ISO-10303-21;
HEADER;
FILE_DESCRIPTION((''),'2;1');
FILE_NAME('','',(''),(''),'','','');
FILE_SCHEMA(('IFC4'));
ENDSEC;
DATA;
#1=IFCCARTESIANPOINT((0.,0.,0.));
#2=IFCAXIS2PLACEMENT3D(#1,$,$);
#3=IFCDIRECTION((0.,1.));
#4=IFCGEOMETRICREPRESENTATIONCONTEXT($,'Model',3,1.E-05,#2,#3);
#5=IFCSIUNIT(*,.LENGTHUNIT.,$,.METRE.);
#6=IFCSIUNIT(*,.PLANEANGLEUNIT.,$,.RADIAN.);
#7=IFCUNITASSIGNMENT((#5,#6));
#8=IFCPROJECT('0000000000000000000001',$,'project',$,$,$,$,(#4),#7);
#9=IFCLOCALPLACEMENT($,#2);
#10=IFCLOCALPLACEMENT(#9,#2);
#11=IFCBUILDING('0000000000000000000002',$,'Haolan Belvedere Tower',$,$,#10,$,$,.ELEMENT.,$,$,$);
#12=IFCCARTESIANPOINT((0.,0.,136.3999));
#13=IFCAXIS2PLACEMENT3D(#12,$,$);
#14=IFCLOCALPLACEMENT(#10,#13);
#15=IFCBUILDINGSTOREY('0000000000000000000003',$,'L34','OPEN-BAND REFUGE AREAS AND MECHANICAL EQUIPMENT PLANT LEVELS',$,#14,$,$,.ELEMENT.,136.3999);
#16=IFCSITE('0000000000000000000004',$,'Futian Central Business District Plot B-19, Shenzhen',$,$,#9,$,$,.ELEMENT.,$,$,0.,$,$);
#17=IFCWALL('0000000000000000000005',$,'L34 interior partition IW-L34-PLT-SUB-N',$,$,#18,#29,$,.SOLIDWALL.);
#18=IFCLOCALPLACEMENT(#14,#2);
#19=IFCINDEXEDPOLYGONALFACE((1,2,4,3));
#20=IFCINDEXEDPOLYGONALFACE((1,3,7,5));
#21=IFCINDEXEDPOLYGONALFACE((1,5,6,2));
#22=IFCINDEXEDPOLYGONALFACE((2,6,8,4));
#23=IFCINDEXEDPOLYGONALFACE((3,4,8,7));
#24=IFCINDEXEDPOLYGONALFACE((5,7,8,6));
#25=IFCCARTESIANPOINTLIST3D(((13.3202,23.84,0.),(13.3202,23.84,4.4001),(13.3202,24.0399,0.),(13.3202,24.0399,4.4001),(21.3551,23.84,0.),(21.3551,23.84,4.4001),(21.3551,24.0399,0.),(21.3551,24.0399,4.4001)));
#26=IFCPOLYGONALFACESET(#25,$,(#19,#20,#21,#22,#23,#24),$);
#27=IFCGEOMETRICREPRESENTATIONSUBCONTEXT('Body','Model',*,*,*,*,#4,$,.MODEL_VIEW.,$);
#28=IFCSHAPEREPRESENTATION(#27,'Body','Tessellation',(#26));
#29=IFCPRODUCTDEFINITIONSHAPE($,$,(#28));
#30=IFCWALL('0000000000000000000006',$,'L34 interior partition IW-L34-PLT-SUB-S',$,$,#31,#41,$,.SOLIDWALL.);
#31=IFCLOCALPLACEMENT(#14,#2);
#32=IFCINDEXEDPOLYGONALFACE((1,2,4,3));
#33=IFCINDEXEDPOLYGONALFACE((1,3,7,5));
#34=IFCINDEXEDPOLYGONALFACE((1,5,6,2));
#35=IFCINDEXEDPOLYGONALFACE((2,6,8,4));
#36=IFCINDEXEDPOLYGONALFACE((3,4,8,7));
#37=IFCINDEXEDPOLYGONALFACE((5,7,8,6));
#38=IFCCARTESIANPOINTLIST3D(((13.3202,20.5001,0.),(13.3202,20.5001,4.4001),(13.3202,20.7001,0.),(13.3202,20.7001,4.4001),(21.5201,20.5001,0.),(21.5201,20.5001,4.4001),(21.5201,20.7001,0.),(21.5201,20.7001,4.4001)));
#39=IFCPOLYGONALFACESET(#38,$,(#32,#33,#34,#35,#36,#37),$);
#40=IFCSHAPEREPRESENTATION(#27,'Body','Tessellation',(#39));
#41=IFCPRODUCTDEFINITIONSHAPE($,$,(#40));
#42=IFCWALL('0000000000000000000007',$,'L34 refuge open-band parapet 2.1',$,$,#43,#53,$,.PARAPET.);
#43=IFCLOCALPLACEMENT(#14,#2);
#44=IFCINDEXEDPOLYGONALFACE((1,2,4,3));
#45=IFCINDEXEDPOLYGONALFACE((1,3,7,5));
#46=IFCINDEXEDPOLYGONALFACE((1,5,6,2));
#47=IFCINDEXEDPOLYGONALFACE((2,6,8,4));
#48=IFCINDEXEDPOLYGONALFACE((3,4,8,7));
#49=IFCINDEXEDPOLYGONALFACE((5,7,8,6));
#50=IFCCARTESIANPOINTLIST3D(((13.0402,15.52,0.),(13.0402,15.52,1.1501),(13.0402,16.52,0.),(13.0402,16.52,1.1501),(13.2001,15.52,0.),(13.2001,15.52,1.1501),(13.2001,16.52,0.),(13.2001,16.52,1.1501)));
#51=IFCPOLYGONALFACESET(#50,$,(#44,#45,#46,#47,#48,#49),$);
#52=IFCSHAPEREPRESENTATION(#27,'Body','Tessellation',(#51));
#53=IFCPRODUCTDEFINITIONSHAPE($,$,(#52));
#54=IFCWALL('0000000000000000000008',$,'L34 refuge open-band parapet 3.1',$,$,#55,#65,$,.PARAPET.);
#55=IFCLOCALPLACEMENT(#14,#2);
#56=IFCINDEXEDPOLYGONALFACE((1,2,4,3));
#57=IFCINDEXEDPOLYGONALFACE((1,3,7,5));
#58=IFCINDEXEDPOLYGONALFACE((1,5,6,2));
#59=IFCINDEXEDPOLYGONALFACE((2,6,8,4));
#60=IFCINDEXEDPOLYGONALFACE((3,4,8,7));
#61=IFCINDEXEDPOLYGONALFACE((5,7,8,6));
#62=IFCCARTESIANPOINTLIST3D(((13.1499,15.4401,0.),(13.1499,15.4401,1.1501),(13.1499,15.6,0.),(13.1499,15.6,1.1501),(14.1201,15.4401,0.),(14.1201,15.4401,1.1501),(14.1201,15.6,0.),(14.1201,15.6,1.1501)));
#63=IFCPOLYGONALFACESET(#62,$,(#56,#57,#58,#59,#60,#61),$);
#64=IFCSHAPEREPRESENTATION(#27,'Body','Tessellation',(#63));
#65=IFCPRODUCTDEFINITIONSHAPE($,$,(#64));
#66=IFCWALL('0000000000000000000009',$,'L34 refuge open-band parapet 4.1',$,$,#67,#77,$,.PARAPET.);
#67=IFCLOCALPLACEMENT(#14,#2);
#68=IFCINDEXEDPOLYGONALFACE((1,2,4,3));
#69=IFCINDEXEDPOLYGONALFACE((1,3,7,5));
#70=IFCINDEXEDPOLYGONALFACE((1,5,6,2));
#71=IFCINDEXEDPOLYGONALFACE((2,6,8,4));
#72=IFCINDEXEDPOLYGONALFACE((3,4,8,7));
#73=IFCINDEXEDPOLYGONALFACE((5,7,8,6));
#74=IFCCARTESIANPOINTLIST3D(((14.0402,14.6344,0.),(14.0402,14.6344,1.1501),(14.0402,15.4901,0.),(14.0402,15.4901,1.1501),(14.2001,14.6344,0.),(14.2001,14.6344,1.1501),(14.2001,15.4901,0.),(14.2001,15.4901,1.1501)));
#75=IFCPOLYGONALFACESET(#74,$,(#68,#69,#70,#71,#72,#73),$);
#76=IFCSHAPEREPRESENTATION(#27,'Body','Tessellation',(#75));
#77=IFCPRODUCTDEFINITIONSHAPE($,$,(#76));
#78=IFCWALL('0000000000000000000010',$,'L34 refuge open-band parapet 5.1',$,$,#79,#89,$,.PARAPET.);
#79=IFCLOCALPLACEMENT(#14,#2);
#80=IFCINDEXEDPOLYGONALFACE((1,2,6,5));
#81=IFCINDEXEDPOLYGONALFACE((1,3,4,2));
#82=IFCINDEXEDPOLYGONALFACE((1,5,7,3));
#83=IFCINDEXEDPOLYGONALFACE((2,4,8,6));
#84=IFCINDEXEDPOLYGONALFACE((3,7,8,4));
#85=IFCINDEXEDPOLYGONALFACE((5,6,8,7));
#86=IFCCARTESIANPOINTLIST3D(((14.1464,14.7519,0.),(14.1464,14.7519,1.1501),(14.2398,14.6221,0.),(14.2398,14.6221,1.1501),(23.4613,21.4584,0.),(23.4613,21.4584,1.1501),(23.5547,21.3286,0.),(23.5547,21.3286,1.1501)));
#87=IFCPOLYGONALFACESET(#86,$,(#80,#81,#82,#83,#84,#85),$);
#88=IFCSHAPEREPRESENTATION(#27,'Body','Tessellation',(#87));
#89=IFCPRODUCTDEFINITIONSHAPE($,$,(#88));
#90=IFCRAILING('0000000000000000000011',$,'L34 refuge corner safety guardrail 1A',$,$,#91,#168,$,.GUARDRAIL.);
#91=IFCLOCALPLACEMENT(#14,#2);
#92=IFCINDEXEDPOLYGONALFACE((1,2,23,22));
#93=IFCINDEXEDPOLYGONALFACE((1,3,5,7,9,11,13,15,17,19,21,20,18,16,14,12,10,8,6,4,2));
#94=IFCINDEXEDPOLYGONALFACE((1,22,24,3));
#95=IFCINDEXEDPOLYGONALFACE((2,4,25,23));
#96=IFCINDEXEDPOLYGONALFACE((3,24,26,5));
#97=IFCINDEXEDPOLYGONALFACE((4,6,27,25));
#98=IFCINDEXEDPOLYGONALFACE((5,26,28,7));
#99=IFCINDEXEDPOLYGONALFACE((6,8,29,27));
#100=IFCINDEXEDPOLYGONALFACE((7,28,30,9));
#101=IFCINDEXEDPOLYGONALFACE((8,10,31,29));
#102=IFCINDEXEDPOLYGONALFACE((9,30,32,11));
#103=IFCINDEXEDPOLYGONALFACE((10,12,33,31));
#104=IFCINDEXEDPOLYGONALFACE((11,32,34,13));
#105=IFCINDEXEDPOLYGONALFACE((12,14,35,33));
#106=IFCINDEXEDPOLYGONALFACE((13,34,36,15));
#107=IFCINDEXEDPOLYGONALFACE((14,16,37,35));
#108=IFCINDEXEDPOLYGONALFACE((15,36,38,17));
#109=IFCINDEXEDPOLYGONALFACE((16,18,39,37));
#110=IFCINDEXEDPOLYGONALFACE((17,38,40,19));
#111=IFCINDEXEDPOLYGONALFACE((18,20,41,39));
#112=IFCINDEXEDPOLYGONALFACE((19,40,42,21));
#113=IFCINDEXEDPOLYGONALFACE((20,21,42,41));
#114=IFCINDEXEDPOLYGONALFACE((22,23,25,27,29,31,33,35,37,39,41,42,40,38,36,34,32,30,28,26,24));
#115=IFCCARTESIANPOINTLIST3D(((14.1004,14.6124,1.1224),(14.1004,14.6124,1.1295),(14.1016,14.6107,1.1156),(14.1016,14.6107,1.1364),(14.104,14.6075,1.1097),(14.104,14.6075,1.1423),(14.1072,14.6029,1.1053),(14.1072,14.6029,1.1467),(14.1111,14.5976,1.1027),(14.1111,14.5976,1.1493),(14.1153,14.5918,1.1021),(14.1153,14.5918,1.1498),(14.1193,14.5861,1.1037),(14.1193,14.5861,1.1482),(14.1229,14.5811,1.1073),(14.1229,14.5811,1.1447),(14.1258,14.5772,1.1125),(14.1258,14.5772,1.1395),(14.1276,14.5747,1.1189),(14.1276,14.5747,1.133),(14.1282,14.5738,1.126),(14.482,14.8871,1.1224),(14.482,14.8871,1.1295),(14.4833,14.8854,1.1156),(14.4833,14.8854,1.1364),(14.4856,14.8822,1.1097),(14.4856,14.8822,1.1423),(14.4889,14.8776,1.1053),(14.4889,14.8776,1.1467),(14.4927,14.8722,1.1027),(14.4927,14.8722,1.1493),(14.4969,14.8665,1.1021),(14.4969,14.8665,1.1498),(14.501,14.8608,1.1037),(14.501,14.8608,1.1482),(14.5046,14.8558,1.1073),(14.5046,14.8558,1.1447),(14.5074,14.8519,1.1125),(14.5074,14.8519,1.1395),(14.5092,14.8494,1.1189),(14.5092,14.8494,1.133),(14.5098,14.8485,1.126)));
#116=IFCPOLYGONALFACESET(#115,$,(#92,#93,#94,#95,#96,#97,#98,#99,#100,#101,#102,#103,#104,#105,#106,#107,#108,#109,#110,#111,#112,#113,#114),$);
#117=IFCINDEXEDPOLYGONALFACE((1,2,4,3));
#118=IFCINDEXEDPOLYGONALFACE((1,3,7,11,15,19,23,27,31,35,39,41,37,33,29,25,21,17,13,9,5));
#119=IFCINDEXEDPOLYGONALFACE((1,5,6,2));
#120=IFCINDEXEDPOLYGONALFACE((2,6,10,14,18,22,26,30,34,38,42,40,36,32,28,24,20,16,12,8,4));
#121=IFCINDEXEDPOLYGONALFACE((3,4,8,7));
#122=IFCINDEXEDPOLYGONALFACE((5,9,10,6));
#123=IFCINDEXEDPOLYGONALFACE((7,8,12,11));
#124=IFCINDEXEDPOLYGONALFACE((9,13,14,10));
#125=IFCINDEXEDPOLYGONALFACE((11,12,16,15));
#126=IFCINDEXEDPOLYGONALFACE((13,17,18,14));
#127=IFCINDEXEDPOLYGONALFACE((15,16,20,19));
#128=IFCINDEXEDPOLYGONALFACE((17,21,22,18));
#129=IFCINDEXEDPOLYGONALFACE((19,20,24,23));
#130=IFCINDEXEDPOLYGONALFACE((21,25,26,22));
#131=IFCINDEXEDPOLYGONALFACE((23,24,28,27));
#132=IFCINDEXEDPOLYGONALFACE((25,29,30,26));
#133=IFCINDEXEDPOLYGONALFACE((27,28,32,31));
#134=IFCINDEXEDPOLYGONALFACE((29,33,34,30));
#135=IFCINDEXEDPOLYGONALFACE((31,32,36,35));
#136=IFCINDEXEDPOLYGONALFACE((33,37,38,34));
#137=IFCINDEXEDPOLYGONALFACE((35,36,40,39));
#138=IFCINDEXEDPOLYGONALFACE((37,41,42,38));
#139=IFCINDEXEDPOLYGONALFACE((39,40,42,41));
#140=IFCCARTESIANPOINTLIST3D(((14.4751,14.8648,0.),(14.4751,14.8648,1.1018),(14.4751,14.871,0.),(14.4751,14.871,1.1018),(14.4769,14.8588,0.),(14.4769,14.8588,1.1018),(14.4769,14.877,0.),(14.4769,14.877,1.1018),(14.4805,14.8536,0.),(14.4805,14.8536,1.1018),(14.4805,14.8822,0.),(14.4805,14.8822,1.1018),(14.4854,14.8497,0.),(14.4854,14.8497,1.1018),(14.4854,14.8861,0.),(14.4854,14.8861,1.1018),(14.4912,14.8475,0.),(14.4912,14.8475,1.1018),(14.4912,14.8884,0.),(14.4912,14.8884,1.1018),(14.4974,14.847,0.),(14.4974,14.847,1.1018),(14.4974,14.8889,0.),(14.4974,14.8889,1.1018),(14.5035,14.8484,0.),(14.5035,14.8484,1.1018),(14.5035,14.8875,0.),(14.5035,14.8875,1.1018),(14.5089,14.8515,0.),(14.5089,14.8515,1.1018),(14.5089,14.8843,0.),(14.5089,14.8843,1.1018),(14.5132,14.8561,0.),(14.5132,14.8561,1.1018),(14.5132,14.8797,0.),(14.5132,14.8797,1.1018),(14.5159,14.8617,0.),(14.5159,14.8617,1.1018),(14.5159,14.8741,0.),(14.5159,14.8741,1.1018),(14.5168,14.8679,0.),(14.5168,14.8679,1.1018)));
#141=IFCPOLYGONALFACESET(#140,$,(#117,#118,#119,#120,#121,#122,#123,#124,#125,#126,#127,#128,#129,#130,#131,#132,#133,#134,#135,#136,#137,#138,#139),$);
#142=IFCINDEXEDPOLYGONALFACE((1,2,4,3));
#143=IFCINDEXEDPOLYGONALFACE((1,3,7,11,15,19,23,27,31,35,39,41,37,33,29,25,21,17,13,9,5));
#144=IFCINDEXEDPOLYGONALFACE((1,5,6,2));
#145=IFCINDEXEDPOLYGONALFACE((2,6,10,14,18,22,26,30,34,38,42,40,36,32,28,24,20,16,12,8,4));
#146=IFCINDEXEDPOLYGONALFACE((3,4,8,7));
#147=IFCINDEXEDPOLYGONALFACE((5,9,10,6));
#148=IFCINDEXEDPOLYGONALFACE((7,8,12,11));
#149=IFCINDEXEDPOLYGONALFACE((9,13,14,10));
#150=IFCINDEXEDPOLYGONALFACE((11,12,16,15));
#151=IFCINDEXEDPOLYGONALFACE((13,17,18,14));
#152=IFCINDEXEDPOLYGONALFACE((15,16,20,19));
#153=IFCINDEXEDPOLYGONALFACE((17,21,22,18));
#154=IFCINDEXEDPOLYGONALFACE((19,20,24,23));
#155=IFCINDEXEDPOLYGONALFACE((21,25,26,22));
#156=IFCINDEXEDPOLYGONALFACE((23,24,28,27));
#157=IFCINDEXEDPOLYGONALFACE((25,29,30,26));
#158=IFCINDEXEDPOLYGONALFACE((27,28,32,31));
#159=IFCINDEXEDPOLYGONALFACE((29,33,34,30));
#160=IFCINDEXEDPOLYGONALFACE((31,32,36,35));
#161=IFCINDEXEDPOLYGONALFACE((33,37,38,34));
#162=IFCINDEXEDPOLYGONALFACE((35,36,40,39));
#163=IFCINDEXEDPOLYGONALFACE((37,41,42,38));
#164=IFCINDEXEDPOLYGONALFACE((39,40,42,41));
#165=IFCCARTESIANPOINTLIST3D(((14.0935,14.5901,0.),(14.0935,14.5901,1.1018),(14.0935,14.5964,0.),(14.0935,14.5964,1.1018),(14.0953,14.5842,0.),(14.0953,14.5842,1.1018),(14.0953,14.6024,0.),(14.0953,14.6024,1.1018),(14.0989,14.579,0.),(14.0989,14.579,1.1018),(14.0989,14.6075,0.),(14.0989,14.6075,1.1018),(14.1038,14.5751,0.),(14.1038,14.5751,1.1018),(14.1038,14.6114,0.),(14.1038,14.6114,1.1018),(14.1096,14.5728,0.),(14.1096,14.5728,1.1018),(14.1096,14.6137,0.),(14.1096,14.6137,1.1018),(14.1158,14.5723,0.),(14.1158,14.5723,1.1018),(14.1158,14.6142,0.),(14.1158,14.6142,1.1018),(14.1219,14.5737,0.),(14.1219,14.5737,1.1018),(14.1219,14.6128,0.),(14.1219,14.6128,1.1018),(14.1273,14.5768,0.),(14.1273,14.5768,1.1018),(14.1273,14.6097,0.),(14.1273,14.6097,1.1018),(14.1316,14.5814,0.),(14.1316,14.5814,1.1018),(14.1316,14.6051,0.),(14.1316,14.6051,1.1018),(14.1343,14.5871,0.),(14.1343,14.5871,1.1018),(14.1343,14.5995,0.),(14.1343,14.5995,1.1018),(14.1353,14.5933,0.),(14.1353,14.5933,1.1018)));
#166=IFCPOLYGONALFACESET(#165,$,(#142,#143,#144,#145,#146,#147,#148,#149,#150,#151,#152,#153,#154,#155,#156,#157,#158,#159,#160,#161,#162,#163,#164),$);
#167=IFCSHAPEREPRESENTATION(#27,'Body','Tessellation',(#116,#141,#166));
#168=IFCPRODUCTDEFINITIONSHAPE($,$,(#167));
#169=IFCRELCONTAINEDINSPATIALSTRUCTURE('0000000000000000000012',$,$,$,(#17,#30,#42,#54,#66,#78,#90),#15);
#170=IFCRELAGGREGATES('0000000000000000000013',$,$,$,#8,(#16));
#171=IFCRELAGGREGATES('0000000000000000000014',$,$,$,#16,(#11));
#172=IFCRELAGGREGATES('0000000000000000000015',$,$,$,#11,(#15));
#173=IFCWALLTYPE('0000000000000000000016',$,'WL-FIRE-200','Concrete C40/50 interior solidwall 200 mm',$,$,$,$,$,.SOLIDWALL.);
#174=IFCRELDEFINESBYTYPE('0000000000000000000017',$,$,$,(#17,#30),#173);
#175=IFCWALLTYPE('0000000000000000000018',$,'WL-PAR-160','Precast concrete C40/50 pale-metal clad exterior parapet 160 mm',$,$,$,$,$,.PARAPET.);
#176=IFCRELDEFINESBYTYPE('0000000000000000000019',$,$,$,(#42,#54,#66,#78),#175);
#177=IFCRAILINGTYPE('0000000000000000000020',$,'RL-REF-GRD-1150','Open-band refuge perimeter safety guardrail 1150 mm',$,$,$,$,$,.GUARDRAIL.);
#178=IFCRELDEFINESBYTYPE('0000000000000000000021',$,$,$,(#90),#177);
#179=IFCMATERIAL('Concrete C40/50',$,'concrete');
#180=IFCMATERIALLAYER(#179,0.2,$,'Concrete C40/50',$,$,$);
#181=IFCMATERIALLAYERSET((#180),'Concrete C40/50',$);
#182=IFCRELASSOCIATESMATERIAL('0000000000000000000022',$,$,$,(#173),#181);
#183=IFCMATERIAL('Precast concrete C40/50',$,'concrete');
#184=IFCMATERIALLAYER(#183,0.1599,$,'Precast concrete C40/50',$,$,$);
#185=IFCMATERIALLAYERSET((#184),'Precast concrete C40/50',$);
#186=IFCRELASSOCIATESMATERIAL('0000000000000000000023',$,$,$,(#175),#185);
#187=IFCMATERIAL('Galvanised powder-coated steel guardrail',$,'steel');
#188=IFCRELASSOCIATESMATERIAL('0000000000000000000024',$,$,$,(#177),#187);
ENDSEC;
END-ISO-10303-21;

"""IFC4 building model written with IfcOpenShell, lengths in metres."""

from ifc_helpers import new_model, si_unit, direction, frame, frame_2d, origin, origin_2d, place, context, subcontext, project, spatial, rectangle, circle, extrude, material, layer, layer_set, type_object, element, save


model = new_model("IFC4")

# Units and contexts
model_context = context("Model", 3, precision=1e-05, world=origin(), true_north=direction((0.0, 1.0)))
body_context = subcontext(model_context, "Body", "Model", "MODEL_VIEW")
ifc_project = project(units=[si_unit("LENGTHUNIT", "METRE"), si_unit("PLANEANGLEUNIT", "RADIAN")], contexts=[model_context])

# Site, building, storey
site_placement = place(None, origin())
site = spatial("IfcSite", under=ifc_project, at=site_placement, Name="Futian Central Business District Plot B-19, Shenzhen", CompositionType="ELEMENT", RefElevation=0.0)
building_placement = place(site_placement, origin())
building = spatial("IfcBuilding", under=site, at=building_placement, Name="Haolan Belvedere Tower", CompositionType="ELEMENT")
storey_placement = place(building_placement, frame((0.0, 0.0, 136.3999)))
storey = spatial("IfcBuildingStorey", under=building, at=storey_placement, Name="L34", Description="OPEN-BAND REFUGE AREAS AND MECHANICAL EQUIPMENT PLANT LEVELS", CompositionType="ELEMENT", Elevation=136.3999)

# Shared definitions
ifc_material_1 = material(Name="Concrete C40/50", Category="concrete")
ifc_layer_1 = layer(ifc_material_1, 0.2, Name="Concrete C40/50")
ifc_layer_set_1 = layer_set([ifc_layer_1], Name="Concrete C40/50")
wall_type_1 = type_object("IfcWallType", Name="WL-FIRE-200", Description="Concrete C40/50 interior solidwall 200 mm", PredefinedType="SOLIDWALL", material=ifc_layer_set_1)

# Walls
wall_1_placement = place(storey_placement, frame((13.3201, 23.9399, 0.0), z_axis=(0.0, 0.0, 1.0), x_axis=(1.0, 0.0, 0.0)))
element("IfcWall", 1, at=wall_1_placement, inside=storey, type_object=wall_type_1, Name="L34 interior partition IW-L34-PLT-SUB-N", PredefinedType="SOLIDWALL", context=body_context, shape_type="SweptSolid", body=[
    extrude(rectangle(XDim=8.0349, YDim=0.2, at=frame_2d((4.0176, 0.0))), origin(), (0.0, 0.0, 1.0), 4.4001),
])
wall_2_placement = place(storey_placement, frame((13.3201, 20.6001, 0.0), z_axis=(0.0, 0.0, 1.0), x_axis=(1.0, 0.0, 0.0)))
element("IfcWall", 2, at=wall_2_placement, inside=storey, type_object=wall_type_1, Name="L34 interior partition IW-L34-PLT-SUB-S", PredefinedType="SOLIDWALL", context=body_context, shape_type="SweptSolid", body=[
    extrude(rectangle(XDim=8.2, YDim=0.2, at=frame_2d((4.1001, 0.0))), origin(), (0.0, 0.0, 1.0), 4.4001),
])

# Walls
ifc_material_2 = material(Name="Precast concrete C40/50", Category="concrete")
ifc_layer_2 = layer(ifc_material_2, 0.1599, Name="Precast concrete C40/50")
ifc_layer_set_2 = layer_set([ifc_layer_2], Name="Precast concrete C40/50")
wall_type_2 = type_object("IfcWallType", Name="WL-PAR-160", Description="Precast concrete C40/50 pale-metal clad exterior parapet 160 mm", PredefinedType="PARAPET", material=ifc_layer_set_2)
wall_3_placement = place(storey_placement, frame((13.1201, 16.52, 0.0), z_axis=(0.0, 0.0, 1.0), x_axis=(0.0, -1.0, 0.0)))
element("IfcWall", 3, at=wall_3_placement, inside=storey, type_object=wall_type_2, Name="L34 refuge open-band parapet 2.1", PredefinedType="PARAPET", context=body_context, shape_type="SweptSolid", body=[
    extrude(rectangle(XDim=1.0, YDim=0.1599, at=frame_2d((0.5, 0.0))), origin(), (0.0, 0.0, 1.0), 1.1501),
])
wall_4_placement = place(storey_placement, frame((13.1499, 15.52, 0.0), z_axis=(0.0, 0.0, 1.0), x_axis=(1.0, 0.0, 0.0)))
element("IfcWall", 4, at=wall_4_placement, inside=storey, type_object=wall_type_2, Name="L34 refuge open-band parapet 3.1", PredefinedType="PARAPET", context=body_context, shape_type="SweptSolid", body=[
    extrude(rectangle(XDim=0.9702, YDim=0.1599, at=frame_2d((0.4851, 0.0))), origin(), (0.0, 0.0, 1.0), 1.1501),
])
wall_5_placement = place(storey_placement, frame((14.1201, 15.49, 0.0), z_axis=(0.0, 0.0, 1.0), x_axis=(0.0, -1.0, 0.0)))
element("IfcWall", 5, at=wall_5_placement, inside=storey, type_object=wall_type_2, Name="L34 refuge open-band parapet 4.1", PredefinedType="PARAPET", context=body_context, shape_type="SweptSolid", body=[
    extrude(rectangle(XDim=0.8557, YDim=0.1599, at=frame_2d((0.4277, 0.0))), origin(), (0.0, 0.0, 1.0), 1.1501),
])
wall_6_placement = place(storey_placement, frame((14.1931, 14.687, 0.0), z_axis=(0.0, 0.0, 1.0), x_axis=(0.811543, 0.584292, 0.0)))
element("IfcWall", 6, at=wall_6_placement, inside=storey, type_object=wall_type_2, Name="L34 refuge open-band parapet 5.1", PredefinedType="PARAPET", context=body_context, shape_type="SweptSolid", body=[
    extrude(rectangle(XDim=11.478, YDim=0.1599, at=frame_2d((5.739, 0.0))), origin(), (0.0, 0.0, 1.0), 1.1501),
])

# Railing
ifc_material_3 = material(Name="Galvanised powder-coated steel guardrail", Category="steel")
railing_type = type_object("IfcRailingType", Name="RL-REF-GRD-1150", Description="Open-band refuge perimeter safety guardrail 1150 mm", PredefinedType="GUARDRAIL", material=ifc_material_3)
railing_1_placement = place(storey_placement, frame((14.4958, 14.8679, 0.0)))
element("IfcRailing", 7, at=railing_1_placement, inside=storey, type_object=railing_type, Name="L34 refuge corner safety guardrail 1A", PredefinedType="GUARDRAIL", context=body_context, shape_type="SweptSolid", body=[
    extrude(circle(Radius=0.0239, at=origin_2d()), frame((0.0, 0.0, 1.126), z_axis=(-0.811623, -0.584182, 0.0), x_axis=(0.584182, -0.811623, 0.0)), (0.0, 0.0, 1.0), 0.4702),
    extrude(circle(Radius=0.021, at=origin_2d()), origin(), (0.0, 0.0, 1.0), 1.1018),
    extrude(circle(Radius=0.021, at=origin_2d()), frame((-0.3816, -0.2747, 0.0)), (0.0, 0.0, 1.0), 1.1018),
])

save(model, "model.ifc")
